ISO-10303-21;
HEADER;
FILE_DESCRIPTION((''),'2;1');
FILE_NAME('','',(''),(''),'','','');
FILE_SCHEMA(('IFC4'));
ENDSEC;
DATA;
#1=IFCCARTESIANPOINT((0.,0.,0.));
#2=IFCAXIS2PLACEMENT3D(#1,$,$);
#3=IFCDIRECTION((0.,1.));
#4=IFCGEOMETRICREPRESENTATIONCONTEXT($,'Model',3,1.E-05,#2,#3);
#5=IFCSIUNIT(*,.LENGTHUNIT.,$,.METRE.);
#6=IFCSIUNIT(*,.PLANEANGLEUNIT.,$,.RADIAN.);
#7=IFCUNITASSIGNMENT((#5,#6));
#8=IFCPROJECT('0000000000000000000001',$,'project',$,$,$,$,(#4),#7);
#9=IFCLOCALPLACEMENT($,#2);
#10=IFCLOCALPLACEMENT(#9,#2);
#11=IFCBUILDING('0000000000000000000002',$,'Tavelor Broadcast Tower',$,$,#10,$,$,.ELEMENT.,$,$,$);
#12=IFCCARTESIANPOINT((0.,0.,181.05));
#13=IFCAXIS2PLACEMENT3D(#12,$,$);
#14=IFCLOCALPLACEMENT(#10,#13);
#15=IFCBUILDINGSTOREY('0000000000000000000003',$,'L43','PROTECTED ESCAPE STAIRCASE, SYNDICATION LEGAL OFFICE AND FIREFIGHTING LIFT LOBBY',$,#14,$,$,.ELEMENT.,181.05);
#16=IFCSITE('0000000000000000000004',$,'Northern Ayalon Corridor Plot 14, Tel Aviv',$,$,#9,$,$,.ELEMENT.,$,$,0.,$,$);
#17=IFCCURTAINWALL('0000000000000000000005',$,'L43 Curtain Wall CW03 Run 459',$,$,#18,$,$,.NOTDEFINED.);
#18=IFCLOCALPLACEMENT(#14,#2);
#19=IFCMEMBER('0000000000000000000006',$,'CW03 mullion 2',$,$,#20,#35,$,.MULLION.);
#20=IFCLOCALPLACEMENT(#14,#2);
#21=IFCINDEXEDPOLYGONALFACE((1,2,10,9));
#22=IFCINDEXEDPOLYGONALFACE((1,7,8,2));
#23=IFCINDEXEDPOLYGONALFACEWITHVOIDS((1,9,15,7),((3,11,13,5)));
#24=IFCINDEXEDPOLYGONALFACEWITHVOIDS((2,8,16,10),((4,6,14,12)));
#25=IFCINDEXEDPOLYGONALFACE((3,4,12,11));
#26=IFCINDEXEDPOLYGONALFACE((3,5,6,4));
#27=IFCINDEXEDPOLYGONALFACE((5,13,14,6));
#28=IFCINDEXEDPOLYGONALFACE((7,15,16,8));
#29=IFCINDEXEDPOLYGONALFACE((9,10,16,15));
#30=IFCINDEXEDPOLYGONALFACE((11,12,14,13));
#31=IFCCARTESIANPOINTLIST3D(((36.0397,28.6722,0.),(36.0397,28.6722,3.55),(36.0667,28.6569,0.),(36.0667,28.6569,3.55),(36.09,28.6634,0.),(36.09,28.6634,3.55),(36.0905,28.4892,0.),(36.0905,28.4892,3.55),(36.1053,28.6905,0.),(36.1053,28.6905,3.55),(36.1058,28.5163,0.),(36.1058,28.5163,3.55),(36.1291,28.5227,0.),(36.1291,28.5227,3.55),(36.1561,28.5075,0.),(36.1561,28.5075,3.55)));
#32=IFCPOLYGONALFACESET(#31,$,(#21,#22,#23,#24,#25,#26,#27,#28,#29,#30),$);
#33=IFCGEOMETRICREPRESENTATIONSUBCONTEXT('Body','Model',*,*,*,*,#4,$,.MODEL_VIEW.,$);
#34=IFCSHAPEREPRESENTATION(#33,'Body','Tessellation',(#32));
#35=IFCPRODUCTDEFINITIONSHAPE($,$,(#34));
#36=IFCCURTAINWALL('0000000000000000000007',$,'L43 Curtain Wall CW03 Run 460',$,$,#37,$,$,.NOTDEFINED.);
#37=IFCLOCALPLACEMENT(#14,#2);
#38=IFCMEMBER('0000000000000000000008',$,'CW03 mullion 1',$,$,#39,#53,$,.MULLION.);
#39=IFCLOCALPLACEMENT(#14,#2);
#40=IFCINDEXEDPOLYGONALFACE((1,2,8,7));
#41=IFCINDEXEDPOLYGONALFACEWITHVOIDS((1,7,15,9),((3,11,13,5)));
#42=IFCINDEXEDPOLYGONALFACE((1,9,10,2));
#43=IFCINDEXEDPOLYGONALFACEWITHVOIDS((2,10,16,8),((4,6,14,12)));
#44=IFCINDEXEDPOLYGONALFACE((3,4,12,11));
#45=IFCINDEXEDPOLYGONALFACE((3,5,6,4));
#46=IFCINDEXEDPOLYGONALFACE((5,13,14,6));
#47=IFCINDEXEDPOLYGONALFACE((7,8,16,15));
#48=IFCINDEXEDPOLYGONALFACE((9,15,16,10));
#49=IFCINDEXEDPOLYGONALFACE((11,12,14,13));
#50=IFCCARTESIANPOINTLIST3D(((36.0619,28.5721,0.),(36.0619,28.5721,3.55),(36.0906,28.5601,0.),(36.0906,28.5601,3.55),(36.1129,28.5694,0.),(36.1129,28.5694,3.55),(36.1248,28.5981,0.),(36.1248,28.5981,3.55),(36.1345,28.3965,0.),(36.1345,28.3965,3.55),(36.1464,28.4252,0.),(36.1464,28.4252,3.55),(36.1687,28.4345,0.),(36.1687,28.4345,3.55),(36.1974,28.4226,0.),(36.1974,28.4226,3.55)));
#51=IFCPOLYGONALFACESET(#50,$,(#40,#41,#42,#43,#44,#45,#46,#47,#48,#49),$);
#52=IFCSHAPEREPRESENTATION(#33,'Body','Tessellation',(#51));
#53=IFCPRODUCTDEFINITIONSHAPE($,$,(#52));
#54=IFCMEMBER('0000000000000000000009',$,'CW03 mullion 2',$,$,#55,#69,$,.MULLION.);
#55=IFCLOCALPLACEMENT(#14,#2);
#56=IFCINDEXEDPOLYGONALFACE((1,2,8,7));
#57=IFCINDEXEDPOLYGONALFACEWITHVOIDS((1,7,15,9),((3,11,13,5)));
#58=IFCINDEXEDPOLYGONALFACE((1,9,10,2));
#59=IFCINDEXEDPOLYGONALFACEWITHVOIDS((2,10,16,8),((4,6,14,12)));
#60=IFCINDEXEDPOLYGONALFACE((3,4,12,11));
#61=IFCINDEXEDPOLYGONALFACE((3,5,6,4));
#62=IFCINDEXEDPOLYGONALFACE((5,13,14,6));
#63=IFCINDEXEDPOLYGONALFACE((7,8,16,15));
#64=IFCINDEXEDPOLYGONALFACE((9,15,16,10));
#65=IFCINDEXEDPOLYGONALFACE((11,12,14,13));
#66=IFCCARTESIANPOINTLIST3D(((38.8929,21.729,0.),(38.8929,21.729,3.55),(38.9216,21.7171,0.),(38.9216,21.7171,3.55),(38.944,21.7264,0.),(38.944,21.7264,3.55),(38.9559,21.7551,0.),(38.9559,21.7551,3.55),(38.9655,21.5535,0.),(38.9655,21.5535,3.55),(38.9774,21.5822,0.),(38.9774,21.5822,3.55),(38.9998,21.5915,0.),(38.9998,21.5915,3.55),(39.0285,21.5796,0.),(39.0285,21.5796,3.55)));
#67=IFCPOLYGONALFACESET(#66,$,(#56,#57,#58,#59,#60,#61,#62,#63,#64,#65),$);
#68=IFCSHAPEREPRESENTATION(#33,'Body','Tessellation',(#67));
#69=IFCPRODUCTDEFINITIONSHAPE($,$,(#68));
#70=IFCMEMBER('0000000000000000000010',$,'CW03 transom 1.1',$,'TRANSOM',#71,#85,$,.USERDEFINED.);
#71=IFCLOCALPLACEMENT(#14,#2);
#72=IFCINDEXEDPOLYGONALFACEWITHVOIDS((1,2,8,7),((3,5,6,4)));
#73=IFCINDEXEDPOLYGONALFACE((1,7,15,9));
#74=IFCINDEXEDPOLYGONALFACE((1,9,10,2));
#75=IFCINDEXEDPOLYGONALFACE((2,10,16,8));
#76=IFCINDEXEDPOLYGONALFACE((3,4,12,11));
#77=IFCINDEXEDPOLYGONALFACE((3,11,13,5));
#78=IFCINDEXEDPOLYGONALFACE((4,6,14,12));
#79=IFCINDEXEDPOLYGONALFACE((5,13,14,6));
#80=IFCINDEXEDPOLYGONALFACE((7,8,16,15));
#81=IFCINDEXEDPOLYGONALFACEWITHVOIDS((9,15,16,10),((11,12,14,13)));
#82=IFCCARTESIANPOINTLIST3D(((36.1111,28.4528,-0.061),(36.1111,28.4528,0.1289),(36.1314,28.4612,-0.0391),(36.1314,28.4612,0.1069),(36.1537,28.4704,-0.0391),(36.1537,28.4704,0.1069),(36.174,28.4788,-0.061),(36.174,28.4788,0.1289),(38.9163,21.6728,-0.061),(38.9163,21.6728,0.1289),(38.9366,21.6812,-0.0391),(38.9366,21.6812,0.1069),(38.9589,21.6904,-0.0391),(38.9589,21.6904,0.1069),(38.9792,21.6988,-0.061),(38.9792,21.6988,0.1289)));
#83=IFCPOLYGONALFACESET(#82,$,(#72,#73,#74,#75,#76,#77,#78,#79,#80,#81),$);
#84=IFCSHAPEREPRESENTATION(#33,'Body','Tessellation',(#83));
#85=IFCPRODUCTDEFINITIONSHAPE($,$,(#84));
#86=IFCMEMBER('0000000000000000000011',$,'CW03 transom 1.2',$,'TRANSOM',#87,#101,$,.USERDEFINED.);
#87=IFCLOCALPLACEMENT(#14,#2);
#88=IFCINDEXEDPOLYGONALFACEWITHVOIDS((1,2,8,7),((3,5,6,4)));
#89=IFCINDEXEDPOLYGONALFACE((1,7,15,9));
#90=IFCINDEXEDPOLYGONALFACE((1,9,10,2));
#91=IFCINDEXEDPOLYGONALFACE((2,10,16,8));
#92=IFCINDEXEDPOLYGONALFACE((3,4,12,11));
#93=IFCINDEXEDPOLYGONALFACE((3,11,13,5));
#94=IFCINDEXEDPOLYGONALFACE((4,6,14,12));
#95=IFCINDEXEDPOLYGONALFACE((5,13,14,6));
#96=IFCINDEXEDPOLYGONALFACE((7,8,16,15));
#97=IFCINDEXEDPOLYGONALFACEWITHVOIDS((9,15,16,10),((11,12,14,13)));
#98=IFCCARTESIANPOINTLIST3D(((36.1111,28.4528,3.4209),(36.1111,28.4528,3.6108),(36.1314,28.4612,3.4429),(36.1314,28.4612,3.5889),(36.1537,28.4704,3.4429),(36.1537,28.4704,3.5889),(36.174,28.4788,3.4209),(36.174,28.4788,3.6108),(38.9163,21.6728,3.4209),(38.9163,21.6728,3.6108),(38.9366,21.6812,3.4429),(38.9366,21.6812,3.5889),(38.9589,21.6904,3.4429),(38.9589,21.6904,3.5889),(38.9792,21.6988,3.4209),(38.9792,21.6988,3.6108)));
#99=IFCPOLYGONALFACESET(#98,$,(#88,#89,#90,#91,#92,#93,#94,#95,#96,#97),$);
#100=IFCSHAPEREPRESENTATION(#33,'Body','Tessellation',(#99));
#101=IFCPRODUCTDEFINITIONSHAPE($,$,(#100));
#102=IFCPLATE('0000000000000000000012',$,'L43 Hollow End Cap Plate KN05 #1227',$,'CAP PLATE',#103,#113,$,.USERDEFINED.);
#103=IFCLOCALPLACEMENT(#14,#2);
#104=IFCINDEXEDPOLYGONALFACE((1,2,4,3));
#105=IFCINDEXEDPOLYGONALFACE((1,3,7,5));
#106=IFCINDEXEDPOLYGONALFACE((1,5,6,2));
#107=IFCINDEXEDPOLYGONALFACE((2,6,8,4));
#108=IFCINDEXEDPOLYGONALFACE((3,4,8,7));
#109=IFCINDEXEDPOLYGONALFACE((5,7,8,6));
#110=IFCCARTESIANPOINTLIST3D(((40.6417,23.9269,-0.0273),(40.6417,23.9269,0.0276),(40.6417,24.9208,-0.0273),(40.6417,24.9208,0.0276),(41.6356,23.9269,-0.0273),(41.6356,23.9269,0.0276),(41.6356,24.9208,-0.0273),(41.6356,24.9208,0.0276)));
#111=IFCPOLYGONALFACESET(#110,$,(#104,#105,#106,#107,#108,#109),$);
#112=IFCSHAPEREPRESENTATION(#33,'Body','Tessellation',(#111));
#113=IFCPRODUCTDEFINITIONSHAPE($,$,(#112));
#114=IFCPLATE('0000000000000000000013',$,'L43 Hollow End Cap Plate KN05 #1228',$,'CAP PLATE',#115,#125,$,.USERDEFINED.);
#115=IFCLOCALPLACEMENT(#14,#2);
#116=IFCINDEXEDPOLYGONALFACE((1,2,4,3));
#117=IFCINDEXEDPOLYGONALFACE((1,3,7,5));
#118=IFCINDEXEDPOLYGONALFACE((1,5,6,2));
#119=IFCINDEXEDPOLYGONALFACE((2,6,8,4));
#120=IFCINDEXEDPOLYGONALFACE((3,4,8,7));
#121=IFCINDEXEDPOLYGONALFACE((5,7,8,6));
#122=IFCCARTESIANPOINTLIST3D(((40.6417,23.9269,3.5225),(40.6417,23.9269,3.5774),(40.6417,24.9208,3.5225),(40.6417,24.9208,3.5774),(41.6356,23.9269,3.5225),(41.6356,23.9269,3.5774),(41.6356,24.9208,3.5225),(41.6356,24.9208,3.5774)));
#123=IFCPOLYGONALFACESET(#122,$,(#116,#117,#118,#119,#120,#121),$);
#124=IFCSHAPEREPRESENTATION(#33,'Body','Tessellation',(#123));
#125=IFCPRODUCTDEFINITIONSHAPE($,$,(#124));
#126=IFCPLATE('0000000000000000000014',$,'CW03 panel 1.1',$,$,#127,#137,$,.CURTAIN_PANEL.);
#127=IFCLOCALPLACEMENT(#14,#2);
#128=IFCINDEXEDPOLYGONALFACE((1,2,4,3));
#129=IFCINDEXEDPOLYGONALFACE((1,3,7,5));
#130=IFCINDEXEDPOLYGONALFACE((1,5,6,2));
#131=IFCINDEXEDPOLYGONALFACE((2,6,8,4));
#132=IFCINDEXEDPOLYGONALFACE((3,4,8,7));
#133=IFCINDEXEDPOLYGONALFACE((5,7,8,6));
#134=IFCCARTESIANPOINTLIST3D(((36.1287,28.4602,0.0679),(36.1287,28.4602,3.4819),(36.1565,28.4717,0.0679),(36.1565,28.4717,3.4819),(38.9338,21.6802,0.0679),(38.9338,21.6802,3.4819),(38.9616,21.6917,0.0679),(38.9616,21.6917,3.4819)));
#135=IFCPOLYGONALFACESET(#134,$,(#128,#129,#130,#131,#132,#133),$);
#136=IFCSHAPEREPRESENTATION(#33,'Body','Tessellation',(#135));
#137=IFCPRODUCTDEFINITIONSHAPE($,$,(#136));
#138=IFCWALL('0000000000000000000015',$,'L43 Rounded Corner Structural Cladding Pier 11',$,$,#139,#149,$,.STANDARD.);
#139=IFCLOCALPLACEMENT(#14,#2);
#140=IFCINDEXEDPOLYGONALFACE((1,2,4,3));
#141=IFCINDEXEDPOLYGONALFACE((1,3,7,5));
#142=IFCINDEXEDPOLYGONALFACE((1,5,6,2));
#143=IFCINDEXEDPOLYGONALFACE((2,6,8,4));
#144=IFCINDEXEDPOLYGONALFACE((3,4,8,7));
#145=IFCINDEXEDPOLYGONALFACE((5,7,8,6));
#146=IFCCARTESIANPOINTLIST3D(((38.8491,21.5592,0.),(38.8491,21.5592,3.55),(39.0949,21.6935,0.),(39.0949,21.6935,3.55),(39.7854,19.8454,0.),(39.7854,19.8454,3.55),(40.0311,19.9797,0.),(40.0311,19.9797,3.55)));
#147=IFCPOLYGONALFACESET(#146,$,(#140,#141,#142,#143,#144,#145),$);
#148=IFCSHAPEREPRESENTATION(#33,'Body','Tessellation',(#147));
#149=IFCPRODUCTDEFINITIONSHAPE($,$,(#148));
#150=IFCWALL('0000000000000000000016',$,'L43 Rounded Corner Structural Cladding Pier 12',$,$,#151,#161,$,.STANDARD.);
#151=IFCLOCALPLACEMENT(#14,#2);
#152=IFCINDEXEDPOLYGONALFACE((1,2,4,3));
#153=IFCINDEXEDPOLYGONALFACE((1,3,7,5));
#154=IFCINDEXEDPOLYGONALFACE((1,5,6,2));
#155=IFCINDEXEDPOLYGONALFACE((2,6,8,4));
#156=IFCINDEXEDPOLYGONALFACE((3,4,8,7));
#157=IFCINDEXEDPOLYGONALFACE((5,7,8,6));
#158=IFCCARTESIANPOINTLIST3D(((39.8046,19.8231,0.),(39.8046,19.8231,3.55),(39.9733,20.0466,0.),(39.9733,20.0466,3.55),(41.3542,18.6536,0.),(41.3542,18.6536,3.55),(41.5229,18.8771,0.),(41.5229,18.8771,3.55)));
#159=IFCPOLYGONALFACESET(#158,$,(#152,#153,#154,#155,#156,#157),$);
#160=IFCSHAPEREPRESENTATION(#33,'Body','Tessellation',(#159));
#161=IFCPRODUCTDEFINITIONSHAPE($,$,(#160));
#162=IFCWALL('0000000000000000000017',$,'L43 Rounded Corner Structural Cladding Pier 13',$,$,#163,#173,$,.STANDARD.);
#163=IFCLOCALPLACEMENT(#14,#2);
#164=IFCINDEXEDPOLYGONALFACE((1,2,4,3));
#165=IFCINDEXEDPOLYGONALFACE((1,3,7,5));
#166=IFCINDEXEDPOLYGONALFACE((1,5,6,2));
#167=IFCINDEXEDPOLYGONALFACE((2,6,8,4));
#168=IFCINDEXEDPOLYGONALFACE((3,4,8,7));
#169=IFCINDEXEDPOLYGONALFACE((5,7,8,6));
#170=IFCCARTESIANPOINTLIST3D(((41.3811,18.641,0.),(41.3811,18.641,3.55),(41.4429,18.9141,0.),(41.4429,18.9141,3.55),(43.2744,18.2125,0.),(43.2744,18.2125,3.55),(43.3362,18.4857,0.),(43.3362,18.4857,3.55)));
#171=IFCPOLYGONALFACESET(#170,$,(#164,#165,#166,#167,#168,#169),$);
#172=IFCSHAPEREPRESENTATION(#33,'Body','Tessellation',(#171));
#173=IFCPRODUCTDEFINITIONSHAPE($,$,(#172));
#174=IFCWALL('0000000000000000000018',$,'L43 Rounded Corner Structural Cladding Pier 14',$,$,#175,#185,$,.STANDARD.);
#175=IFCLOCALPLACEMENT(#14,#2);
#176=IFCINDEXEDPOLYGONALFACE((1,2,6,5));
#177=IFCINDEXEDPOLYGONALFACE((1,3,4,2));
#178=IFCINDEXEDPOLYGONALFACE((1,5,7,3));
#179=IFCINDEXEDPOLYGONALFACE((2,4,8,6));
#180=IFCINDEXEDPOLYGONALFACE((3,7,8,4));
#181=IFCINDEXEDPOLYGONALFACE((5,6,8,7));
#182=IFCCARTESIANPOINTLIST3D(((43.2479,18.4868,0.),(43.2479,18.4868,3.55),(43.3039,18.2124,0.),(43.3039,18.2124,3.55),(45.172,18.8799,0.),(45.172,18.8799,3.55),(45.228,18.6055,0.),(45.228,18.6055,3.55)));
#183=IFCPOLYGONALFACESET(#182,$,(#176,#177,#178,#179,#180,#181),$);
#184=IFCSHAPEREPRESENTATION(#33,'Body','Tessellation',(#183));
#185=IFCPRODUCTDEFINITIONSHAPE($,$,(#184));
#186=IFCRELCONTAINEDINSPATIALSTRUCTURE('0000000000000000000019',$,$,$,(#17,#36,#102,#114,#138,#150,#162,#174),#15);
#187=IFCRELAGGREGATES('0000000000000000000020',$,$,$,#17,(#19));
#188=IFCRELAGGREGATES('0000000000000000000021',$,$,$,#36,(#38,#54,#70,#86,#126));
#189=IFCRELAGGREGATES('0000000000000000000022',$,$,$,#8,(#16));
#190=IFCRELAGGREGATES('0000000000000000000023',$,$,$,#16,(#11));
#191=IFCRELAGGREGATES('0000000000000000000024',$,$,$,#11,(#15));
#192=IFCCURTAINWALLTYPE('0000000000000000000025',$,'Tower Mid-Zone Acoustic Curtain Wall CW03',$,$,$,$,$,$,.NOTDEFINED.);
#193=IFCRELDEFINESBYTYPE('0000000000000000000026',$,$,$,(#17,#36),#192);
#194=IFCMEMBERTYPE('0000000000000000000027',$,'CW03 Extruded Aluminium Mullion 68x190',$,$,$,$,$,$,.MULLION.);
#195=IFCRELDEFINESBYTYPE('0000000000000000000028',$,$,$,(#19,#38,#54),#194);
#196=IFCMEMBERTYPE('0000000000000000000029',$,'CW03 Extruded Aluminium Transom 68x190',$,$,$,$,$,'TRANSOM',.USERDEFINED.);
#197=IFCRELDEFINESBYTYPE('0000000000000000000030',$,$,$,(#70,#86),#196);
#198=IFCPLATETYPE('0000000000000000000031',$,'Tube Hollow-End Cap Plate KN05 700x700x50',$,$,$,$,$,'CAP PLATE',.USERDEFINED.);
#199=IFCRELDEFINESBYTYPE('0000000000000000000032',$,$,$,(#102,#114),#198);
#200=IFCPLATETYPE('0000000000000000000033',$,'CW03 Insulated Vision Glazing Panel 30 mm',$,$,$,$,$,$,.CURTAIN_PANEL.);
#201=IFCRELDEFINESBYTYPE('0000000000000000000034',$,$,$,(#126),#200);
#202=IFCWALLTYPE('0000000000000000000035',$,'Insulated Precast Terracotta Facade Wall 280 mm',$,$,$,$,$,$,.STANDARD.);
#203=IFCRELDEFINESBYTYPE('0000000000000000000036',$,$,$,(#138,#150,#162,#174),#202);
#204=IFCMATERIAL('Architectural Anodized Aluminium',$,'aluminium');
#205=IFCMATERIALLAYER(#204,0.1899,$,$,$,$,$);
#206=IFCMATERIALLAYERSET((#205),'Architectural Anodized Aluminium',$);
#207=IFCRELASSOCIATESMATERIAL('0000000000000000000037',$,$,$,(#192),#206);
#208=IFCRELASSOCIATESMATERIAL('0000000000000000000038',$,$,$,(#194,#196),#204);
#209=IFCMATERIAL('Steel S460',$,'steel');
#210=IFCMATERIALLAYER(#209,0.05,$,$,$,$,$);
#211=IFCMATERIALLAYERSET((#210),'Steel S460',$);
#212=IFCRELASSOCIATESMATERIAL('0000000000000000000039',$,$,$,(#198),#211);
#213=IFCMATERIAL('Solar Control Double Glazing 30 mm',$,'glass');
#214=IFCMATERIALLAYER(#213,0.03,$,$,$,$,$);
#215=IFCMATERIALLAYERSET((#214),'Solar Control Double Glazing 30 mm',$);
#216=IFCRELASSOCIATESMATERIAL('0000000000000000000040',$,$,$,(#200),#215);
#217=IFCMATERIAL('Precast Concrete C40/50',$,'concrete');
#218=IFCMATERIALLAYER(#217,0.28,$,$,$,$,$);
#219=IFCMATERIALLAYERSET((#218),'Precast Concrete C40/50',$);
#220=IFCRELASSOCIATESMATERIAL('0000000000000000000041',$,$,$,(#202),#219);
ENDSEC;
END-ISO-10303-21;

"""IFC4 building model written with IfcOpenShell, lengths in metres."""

from ifc_helpers import new_model, si_unit, direction, frame, frame_2d, origin, origin_2d, place, context, subcontext, project, spatial, rectangle, hollow_rectangle, extrude, source, transform, mapped, material, layer, layer_set, material_profile, profile_set, type_object, type_shapes, element, aggregate, save


model = new_model("IFC4")

# Units and contexts
model_context = context("Model", 3, precision=1e-05, world=origin(), true_north=direction((0.0, 1.0)))
body_context = subcontext(model_context, "Body", "Model", "MODEL_VIEW")
ifc_project = project(units=[si_unit("LENGTHUNIT", "METRE"), si_unit("PLANEANGLEUNIT", "RADIAN")], contexts=[model_context])

# Site, building, storey
site_placement = place(None, origin())
site = spatial("IfcSite", under=ifc_project, at=site_placement, Name="Northern Ayalon Corridor Plot 14, Tel Aviv", CompositionType="ELEMENT", RefElevation=0.0)
building_placement = place(site_placement, origin())
building = spatial("IfcBuilding", under=site, at=building_placement, Name="Tavelor Broadcast Tower", CompositionType="ELEMENT")
storey_placement = place(building_placement, frame((0.0, 0.0, 181.05)))
storey = spatial("IfcBuildingStorey", under=building, at=storey_placement, Name="L43", Description="PROTECTED ESCAPE STAIRCASE, SYNDICATION LEGAL OFFICE AND FIREFIGHTING LIFT LOBBY", CompositionType="ELEMENT", Elevation=181.05)

# Shared definitions
ifc_material_1 = material(Name="Steel S460", Category="steel")

# Curtain wall, member
ifc_material_2 = material(Name="Architectural Anodized Aluminium", Category="aluminium")
ifc_layer_1 = layer(ifc_material_2, 0.1899)
ifc_layer_set_1 = layer_set([ifc_layer_1], Name="Architectural Anodized Aluminium")
curtain_wall_type = type_object("IfcCurtainWallType", Name="Tower Mid-Zone Acoustic Curtain Wall CW03", PredefinedType="NOTDEFINED", material=ifc_layer_set_1)
curtain_wall_1_placement = place(storey_placement, origin())
curtain_wall_1 = element("IfcCurtainWall", 1, at=curtain_wall_1_placement, inside=storey, type_object=curtain_wall_type, Name="L43 Curtain Wall CW03 Run 459", PredefinedType="NOTDEFINED")
ifc_material_profile_1 = material_profile(ifc_material_2, hollow_rectangle(XDim=0.0681, YDim=0.1899, WallThickness=0.022, at=origin_2d()), Name="RHS 68x190x22")
ifc_profile_set_1 = profile_set([ifc_material_profile_1], Name="Architectural Anodized Aluminium")
member_type_1 = type_object("IfcMemberType", Name="CW03 Extruded Aluminium Mullion 68x190", PredefinedType="MULLION", material=ifc_profile_set_1)
shared_shape_1 = source(origin(), body_context, "Body", "SweptSolid", [
    extrude(hollow_rectangle(XDim=0.0681, YDim=0.1899, WallThickness=0.022, at=origin_2d()), origin(), (0.0, 0.0, 1.0), 3.55),
])
type_shapes(member_type_1, [shared_shape_1])
member_1_placement = place(storey_placement, frame((36.0979, 28.5898, 0.0), z_axis=(0.0, 0.0, 1.0), x_axis=(0.963513, 0.267663, 0.0)))
member_1 = element("IfcMember", 2, at=member_1_placement, type_object=member_type_1, Name="CW03 mullion 2", PredefinedType="MULLION", context=body_context, shape_type="MappedRepresentation", body=[
    mapped(shared_shape_1, transform((0.0, 0.0, 0.0), scale=1.0)),
])
aggregate(curtain_wall_1, [member_1])

# Curtain wall, members
curtain_wall_2_placement = place(storey_placement, origin())
curtain_wall_2 = element("IfcCurtainWall", 3, at=curtain_wall_2_placement, inside=storey, type_object=curtain_wall_type, Name="L43 Curtain Wall CW03 Run 460", PredefinedType="NOTDEFINED")
member_2_placement = place(storey_placement, frame((36.1296, 28.4973, 0.0), z_axis=(0.0, 0.0, 1.0), x_axis=(0.924037, 0.382303, 0.0)))
member_2 = element("IfcMember", 4, at=member_2_placement, type_object=member_type_1, Name="CW03 mullion 1", PredefinedType="MULLION", context=body_context, shape_type="MappedRepresentation", body=[
    mapped(shared_shape_1, transform((0.0, 0.0, 0.0), scale=1.0)),
])
member_3_placement = place(storey_placement, frame((38.9607, 21.6543, 0.0), z_axis=(0.0, 0.0, 1.0), x_axis=(0.924037, 0.382303, 0.0)))
member_3 = element("IfcMember", 5, at=member_3_placement, type_object=member_type_1, Name="CW03 mullion 2", PredefinedType="MULLION", context=body_context, shape_type="MappedRepresentation", body=[
    mapped(shared_shape_1, transform((0.0, 0.0, 0.0), scale=1.0)),
])
ifc_material_profile_2 = material_profile(ifc_material_2, hollow_rectangle(XDim=0.0681, YDim=0.1899, WallThickness=0.022, at=origin_2d()), Name="RHS 68x190x22")
ifc_profile_set_2 = profile_set([ifc_material_profile_2], Name="Architectural Anodized Aluminium")
member_type_2 = type_object("IfcMemberType", Name="CW03 Extruded Aluminium Transom 68x190", ElementType="TRANSOM", PredefinedType="USERDEFINED", material=ifc_profile_set_2)
shared_shape_2 = source(origin(), body_context, "Body", "SweptSolid", [
    extrude(hollow_rectangle(XDim=0.0681, YDim=0.1899, WallThickness=0.022, at=origin_2d()), origin(), (0.0, 0.0, 1.0), 7.3374),
])
type_shapes(member_type_2, [shared_shape_2])
member_4_placement = place(storey_placement, frame((36.1426, 28.4658, 0.0339), z_axis=(0.382311, -0.924034, 0.0), x_axis=(0.924034, 0.382311, 0.0)))
member_4 = element("IfcMember", 6, at=member_4_placement, type_object=member_type_2, Name="CW03 transom 1.1", ObjectType="TRANSOM", PredefinedType="USERDEFINED", context=body_context, shape_type="MappedRepresentation", body=[
    mapped(shared_shape_2, transform((0.0, 0.0, 0.0), scale=1.0)),
])
member_5_placement = place(storey_placement, frame((36.1426, 28.4658, 3.5159), z_axis=(0.382311, -0.924034, 0.0), x_axis=(0.924034, 0.382311, 0.0)))
member_5 = element("IfcMember", 7, at=member_5_placement, type_object=member_type_2, Name="CW03 transom 1.2", ObjectType="TRANSOM", PredefinedType="USERDEFINED", context=body_context, shape_type="MappedRepresentation", body=[
    mapped(shared_shape_2, transform((0.0, 0.0, 0.0), scale=1.0)),
])

# Plates
ifc_layer_2 = layer(ifc_material_1, 0.05)
ifc_layer_set_2 = layer_set([ifc_layer_2], Name="Steel S460")
plate_type_1 = type_object("IfcPlateType", Name="Tube Hollow-End Cap Plate KN05 700x700x50", ElementType="CAP PLATE", PredefinedType="USERDEFINED", material=ifc_layer_set_2)
shared_shape_3 = source(origin(), body_context, "Body", "SweptSolid", [
    extrude(rectangle(XDim=0.9939, YDim=0.9939, at=origin_2d()), origin(), (0.0, 0.0, 1.0), 0.0549),
])
type_shapes(plate_type_1, [shared_shape_3])
for number, where, z_axis, x_axis, name in (
    (8, (41.1387, 24.4238, -0.0273), (0.0, 0.0, 1.0), (1.0, 0.0, 0.0), "L43 Hollow End Cap Plate KN05 #1227"),
    (9, (41.1387, 24.4238, 3.5225), (0.0, 0.0, 1.0), (1.0, 0.0, 0.0), "L43 Hollow End Cap Plate KN05 #1228"),
):
    element("IfcPlate", number, at=place(storey_placement, frame(where, z_axis=z_axis, x_axis=x_axis)), inside=storey, type_object=plate_type_1, Name=name, ObjectType="CAP PLATE", PredefinedType="USERDEFINED", context=body_context, shape_type="MappedRepresentation", body=[
        mapped(shared_shape_3, transform((0.0, 0.0, 0.0), scale=1.0)),
    ])

# Plate
ifc_material_3 = material(Name="Solar Control Double Glazing 30 mm", Category="glass")
ifc_layer_3 = layer(ifc_material_3, 0.03)
ifc_layer_set_3 = layer_set([ifc_layer_3], Name="Solar Control Double Glazing 30 mm")
plate_type_2 = type_object("IfcPlateType", Name="CW03 Insulated Vision Glazing Panel 30 mm", PredefinedType="CURTAIN_PANEL", material=ifc_layer_set_3)
shared_shape_4 = source(origin(), body_context, "Body", "SweptSolid", [
    extrude(rectangle(XDim=7.3374, YDim=0.03, at=origin_2d()), origin(), (0.0, 0.0, 1.0), 3.4141),
])
type_shapes(plate_type_2, [shared_shape_4])
plate_placement = place(storey_placement, frame((37.5452, 25.0759, 0.0679), z_axis=(0.0, 0.0, 1.0), x_axis=(0.382303, -0.924037, 0.0)))
plate = element("IfcPlate", 10, at=plate_placement, type_object=plate_type_2, Name="CW03 panel 1.1", PredefinedType="CURTAIN_PANEL", context=body_context, shape_type="MappedRepresentation", body=[
    mapped(shared_shape_4, transform((0.0, 0.0, 0.0), scale=1.0)),
])
aggregate(curtain_wall_2, [member_2, member_3, member_4, member_5, plate])

# Walls
ifc_material_4 = material(Name="Precast Concrete C40/50", Category="concrete")
ifc_layer_4 = layer(ifc_material_4, 0.28)
ifc_layer_set_4 = layer_set([ifc_layer_4], Name="Precast Concrete C40/50")
wall_type_1 = type_object("IfcWallType", Name="Insulated Precast Terracotta Facade Wall 280 mm", PredefinedType="STANDARD", material=ifc_layer_set_4)
wall_1_placement = place(storey_placement, frame((38.9719, 21.6265, 0.0), z_axis=(0.0, 0.0, 1.0), x_axis=(0.479421, -0.877585, 0.0)))
element("IfcWall", 11, at=wall_1_placement, inside=storey, type_object=wall_type_1, Name="L43 Rounded Corner Structural Cladding Pier 11", PredefinedType="STANDARD", context=body_context, shape_type="SweptSolid", body=[
    extrude(rectangle(XDim=1.9529, YDim=0.28, at=frame_2d((0.9766, 0.0))), origin(), (0.0, 0.0, 1.0), 3.55),
])
wall_2_placement = place(storey_placement, frame((39.8889, 19.9348, 0.0), z_axis=(0.0, 0.0, 1.0), x_axis=(0.798201, -0.602392, 0.0)))
element("IfcWall", 12, at=wall_2_placement, inside=storey, type_object=wall_type_1, Name="L43 Rounded Corner Structural Cladding Pier 12", PredefinedType="STANDARD", context=body_context, shape_type="SweptSolid", body=[
    extrude(rectangle(XDim=1.9414, YDim=0.28, at=frame_2d((0.9707, 0.0))), origin(), (0.0, 0.0, 1.0), 3.55),
])
wall_3_placement = place(storey_placement, frame((41.4119, 18.7776, 0.0), z_axis=(0.0, 0.0, 1.0), x_axis=(0.975336, -0.220724, 0.0)))
element("IfcWall", 13, at=wall_3_placement, inside=storey, type_object=wall_type_1, Name="L43 Rounded Corner Structural Cladding Pier 13", PredefinedType="STANDARD", context=body_context, shape_type="SweptSolid", body=[
    extrude(rectangle(XDim=1.9412, YDim=0.28, at=frame_2d((0.9707, 0.0))), origin(), (0.0, 0.0, 1.0), 3.55),
])
wall_4_placement = place(storey_placement, frame((43.2759, 18.3496, 0.0), z_axis=(0.0, 0.0, 1.0), x_axis=(0.979764, 0.200155, 0.0)))
element("IfcWall", 14, at=wall_4_placement, inside=storey, type_object=wall_type_1, Name="L43 Rounded Corner Structural Cladding Pier 14", PredefinedType="STANDARD", context=body_context, shape_type="SweptSolid", body=[
    extrude(rectangle(XDim=1.9639, YDim=0.28, at=frame_2d((0.9819, 0.0))), origin(), (0.0, 0.0, 1.0), 3.55),
])

save(model, "model.ifc")
